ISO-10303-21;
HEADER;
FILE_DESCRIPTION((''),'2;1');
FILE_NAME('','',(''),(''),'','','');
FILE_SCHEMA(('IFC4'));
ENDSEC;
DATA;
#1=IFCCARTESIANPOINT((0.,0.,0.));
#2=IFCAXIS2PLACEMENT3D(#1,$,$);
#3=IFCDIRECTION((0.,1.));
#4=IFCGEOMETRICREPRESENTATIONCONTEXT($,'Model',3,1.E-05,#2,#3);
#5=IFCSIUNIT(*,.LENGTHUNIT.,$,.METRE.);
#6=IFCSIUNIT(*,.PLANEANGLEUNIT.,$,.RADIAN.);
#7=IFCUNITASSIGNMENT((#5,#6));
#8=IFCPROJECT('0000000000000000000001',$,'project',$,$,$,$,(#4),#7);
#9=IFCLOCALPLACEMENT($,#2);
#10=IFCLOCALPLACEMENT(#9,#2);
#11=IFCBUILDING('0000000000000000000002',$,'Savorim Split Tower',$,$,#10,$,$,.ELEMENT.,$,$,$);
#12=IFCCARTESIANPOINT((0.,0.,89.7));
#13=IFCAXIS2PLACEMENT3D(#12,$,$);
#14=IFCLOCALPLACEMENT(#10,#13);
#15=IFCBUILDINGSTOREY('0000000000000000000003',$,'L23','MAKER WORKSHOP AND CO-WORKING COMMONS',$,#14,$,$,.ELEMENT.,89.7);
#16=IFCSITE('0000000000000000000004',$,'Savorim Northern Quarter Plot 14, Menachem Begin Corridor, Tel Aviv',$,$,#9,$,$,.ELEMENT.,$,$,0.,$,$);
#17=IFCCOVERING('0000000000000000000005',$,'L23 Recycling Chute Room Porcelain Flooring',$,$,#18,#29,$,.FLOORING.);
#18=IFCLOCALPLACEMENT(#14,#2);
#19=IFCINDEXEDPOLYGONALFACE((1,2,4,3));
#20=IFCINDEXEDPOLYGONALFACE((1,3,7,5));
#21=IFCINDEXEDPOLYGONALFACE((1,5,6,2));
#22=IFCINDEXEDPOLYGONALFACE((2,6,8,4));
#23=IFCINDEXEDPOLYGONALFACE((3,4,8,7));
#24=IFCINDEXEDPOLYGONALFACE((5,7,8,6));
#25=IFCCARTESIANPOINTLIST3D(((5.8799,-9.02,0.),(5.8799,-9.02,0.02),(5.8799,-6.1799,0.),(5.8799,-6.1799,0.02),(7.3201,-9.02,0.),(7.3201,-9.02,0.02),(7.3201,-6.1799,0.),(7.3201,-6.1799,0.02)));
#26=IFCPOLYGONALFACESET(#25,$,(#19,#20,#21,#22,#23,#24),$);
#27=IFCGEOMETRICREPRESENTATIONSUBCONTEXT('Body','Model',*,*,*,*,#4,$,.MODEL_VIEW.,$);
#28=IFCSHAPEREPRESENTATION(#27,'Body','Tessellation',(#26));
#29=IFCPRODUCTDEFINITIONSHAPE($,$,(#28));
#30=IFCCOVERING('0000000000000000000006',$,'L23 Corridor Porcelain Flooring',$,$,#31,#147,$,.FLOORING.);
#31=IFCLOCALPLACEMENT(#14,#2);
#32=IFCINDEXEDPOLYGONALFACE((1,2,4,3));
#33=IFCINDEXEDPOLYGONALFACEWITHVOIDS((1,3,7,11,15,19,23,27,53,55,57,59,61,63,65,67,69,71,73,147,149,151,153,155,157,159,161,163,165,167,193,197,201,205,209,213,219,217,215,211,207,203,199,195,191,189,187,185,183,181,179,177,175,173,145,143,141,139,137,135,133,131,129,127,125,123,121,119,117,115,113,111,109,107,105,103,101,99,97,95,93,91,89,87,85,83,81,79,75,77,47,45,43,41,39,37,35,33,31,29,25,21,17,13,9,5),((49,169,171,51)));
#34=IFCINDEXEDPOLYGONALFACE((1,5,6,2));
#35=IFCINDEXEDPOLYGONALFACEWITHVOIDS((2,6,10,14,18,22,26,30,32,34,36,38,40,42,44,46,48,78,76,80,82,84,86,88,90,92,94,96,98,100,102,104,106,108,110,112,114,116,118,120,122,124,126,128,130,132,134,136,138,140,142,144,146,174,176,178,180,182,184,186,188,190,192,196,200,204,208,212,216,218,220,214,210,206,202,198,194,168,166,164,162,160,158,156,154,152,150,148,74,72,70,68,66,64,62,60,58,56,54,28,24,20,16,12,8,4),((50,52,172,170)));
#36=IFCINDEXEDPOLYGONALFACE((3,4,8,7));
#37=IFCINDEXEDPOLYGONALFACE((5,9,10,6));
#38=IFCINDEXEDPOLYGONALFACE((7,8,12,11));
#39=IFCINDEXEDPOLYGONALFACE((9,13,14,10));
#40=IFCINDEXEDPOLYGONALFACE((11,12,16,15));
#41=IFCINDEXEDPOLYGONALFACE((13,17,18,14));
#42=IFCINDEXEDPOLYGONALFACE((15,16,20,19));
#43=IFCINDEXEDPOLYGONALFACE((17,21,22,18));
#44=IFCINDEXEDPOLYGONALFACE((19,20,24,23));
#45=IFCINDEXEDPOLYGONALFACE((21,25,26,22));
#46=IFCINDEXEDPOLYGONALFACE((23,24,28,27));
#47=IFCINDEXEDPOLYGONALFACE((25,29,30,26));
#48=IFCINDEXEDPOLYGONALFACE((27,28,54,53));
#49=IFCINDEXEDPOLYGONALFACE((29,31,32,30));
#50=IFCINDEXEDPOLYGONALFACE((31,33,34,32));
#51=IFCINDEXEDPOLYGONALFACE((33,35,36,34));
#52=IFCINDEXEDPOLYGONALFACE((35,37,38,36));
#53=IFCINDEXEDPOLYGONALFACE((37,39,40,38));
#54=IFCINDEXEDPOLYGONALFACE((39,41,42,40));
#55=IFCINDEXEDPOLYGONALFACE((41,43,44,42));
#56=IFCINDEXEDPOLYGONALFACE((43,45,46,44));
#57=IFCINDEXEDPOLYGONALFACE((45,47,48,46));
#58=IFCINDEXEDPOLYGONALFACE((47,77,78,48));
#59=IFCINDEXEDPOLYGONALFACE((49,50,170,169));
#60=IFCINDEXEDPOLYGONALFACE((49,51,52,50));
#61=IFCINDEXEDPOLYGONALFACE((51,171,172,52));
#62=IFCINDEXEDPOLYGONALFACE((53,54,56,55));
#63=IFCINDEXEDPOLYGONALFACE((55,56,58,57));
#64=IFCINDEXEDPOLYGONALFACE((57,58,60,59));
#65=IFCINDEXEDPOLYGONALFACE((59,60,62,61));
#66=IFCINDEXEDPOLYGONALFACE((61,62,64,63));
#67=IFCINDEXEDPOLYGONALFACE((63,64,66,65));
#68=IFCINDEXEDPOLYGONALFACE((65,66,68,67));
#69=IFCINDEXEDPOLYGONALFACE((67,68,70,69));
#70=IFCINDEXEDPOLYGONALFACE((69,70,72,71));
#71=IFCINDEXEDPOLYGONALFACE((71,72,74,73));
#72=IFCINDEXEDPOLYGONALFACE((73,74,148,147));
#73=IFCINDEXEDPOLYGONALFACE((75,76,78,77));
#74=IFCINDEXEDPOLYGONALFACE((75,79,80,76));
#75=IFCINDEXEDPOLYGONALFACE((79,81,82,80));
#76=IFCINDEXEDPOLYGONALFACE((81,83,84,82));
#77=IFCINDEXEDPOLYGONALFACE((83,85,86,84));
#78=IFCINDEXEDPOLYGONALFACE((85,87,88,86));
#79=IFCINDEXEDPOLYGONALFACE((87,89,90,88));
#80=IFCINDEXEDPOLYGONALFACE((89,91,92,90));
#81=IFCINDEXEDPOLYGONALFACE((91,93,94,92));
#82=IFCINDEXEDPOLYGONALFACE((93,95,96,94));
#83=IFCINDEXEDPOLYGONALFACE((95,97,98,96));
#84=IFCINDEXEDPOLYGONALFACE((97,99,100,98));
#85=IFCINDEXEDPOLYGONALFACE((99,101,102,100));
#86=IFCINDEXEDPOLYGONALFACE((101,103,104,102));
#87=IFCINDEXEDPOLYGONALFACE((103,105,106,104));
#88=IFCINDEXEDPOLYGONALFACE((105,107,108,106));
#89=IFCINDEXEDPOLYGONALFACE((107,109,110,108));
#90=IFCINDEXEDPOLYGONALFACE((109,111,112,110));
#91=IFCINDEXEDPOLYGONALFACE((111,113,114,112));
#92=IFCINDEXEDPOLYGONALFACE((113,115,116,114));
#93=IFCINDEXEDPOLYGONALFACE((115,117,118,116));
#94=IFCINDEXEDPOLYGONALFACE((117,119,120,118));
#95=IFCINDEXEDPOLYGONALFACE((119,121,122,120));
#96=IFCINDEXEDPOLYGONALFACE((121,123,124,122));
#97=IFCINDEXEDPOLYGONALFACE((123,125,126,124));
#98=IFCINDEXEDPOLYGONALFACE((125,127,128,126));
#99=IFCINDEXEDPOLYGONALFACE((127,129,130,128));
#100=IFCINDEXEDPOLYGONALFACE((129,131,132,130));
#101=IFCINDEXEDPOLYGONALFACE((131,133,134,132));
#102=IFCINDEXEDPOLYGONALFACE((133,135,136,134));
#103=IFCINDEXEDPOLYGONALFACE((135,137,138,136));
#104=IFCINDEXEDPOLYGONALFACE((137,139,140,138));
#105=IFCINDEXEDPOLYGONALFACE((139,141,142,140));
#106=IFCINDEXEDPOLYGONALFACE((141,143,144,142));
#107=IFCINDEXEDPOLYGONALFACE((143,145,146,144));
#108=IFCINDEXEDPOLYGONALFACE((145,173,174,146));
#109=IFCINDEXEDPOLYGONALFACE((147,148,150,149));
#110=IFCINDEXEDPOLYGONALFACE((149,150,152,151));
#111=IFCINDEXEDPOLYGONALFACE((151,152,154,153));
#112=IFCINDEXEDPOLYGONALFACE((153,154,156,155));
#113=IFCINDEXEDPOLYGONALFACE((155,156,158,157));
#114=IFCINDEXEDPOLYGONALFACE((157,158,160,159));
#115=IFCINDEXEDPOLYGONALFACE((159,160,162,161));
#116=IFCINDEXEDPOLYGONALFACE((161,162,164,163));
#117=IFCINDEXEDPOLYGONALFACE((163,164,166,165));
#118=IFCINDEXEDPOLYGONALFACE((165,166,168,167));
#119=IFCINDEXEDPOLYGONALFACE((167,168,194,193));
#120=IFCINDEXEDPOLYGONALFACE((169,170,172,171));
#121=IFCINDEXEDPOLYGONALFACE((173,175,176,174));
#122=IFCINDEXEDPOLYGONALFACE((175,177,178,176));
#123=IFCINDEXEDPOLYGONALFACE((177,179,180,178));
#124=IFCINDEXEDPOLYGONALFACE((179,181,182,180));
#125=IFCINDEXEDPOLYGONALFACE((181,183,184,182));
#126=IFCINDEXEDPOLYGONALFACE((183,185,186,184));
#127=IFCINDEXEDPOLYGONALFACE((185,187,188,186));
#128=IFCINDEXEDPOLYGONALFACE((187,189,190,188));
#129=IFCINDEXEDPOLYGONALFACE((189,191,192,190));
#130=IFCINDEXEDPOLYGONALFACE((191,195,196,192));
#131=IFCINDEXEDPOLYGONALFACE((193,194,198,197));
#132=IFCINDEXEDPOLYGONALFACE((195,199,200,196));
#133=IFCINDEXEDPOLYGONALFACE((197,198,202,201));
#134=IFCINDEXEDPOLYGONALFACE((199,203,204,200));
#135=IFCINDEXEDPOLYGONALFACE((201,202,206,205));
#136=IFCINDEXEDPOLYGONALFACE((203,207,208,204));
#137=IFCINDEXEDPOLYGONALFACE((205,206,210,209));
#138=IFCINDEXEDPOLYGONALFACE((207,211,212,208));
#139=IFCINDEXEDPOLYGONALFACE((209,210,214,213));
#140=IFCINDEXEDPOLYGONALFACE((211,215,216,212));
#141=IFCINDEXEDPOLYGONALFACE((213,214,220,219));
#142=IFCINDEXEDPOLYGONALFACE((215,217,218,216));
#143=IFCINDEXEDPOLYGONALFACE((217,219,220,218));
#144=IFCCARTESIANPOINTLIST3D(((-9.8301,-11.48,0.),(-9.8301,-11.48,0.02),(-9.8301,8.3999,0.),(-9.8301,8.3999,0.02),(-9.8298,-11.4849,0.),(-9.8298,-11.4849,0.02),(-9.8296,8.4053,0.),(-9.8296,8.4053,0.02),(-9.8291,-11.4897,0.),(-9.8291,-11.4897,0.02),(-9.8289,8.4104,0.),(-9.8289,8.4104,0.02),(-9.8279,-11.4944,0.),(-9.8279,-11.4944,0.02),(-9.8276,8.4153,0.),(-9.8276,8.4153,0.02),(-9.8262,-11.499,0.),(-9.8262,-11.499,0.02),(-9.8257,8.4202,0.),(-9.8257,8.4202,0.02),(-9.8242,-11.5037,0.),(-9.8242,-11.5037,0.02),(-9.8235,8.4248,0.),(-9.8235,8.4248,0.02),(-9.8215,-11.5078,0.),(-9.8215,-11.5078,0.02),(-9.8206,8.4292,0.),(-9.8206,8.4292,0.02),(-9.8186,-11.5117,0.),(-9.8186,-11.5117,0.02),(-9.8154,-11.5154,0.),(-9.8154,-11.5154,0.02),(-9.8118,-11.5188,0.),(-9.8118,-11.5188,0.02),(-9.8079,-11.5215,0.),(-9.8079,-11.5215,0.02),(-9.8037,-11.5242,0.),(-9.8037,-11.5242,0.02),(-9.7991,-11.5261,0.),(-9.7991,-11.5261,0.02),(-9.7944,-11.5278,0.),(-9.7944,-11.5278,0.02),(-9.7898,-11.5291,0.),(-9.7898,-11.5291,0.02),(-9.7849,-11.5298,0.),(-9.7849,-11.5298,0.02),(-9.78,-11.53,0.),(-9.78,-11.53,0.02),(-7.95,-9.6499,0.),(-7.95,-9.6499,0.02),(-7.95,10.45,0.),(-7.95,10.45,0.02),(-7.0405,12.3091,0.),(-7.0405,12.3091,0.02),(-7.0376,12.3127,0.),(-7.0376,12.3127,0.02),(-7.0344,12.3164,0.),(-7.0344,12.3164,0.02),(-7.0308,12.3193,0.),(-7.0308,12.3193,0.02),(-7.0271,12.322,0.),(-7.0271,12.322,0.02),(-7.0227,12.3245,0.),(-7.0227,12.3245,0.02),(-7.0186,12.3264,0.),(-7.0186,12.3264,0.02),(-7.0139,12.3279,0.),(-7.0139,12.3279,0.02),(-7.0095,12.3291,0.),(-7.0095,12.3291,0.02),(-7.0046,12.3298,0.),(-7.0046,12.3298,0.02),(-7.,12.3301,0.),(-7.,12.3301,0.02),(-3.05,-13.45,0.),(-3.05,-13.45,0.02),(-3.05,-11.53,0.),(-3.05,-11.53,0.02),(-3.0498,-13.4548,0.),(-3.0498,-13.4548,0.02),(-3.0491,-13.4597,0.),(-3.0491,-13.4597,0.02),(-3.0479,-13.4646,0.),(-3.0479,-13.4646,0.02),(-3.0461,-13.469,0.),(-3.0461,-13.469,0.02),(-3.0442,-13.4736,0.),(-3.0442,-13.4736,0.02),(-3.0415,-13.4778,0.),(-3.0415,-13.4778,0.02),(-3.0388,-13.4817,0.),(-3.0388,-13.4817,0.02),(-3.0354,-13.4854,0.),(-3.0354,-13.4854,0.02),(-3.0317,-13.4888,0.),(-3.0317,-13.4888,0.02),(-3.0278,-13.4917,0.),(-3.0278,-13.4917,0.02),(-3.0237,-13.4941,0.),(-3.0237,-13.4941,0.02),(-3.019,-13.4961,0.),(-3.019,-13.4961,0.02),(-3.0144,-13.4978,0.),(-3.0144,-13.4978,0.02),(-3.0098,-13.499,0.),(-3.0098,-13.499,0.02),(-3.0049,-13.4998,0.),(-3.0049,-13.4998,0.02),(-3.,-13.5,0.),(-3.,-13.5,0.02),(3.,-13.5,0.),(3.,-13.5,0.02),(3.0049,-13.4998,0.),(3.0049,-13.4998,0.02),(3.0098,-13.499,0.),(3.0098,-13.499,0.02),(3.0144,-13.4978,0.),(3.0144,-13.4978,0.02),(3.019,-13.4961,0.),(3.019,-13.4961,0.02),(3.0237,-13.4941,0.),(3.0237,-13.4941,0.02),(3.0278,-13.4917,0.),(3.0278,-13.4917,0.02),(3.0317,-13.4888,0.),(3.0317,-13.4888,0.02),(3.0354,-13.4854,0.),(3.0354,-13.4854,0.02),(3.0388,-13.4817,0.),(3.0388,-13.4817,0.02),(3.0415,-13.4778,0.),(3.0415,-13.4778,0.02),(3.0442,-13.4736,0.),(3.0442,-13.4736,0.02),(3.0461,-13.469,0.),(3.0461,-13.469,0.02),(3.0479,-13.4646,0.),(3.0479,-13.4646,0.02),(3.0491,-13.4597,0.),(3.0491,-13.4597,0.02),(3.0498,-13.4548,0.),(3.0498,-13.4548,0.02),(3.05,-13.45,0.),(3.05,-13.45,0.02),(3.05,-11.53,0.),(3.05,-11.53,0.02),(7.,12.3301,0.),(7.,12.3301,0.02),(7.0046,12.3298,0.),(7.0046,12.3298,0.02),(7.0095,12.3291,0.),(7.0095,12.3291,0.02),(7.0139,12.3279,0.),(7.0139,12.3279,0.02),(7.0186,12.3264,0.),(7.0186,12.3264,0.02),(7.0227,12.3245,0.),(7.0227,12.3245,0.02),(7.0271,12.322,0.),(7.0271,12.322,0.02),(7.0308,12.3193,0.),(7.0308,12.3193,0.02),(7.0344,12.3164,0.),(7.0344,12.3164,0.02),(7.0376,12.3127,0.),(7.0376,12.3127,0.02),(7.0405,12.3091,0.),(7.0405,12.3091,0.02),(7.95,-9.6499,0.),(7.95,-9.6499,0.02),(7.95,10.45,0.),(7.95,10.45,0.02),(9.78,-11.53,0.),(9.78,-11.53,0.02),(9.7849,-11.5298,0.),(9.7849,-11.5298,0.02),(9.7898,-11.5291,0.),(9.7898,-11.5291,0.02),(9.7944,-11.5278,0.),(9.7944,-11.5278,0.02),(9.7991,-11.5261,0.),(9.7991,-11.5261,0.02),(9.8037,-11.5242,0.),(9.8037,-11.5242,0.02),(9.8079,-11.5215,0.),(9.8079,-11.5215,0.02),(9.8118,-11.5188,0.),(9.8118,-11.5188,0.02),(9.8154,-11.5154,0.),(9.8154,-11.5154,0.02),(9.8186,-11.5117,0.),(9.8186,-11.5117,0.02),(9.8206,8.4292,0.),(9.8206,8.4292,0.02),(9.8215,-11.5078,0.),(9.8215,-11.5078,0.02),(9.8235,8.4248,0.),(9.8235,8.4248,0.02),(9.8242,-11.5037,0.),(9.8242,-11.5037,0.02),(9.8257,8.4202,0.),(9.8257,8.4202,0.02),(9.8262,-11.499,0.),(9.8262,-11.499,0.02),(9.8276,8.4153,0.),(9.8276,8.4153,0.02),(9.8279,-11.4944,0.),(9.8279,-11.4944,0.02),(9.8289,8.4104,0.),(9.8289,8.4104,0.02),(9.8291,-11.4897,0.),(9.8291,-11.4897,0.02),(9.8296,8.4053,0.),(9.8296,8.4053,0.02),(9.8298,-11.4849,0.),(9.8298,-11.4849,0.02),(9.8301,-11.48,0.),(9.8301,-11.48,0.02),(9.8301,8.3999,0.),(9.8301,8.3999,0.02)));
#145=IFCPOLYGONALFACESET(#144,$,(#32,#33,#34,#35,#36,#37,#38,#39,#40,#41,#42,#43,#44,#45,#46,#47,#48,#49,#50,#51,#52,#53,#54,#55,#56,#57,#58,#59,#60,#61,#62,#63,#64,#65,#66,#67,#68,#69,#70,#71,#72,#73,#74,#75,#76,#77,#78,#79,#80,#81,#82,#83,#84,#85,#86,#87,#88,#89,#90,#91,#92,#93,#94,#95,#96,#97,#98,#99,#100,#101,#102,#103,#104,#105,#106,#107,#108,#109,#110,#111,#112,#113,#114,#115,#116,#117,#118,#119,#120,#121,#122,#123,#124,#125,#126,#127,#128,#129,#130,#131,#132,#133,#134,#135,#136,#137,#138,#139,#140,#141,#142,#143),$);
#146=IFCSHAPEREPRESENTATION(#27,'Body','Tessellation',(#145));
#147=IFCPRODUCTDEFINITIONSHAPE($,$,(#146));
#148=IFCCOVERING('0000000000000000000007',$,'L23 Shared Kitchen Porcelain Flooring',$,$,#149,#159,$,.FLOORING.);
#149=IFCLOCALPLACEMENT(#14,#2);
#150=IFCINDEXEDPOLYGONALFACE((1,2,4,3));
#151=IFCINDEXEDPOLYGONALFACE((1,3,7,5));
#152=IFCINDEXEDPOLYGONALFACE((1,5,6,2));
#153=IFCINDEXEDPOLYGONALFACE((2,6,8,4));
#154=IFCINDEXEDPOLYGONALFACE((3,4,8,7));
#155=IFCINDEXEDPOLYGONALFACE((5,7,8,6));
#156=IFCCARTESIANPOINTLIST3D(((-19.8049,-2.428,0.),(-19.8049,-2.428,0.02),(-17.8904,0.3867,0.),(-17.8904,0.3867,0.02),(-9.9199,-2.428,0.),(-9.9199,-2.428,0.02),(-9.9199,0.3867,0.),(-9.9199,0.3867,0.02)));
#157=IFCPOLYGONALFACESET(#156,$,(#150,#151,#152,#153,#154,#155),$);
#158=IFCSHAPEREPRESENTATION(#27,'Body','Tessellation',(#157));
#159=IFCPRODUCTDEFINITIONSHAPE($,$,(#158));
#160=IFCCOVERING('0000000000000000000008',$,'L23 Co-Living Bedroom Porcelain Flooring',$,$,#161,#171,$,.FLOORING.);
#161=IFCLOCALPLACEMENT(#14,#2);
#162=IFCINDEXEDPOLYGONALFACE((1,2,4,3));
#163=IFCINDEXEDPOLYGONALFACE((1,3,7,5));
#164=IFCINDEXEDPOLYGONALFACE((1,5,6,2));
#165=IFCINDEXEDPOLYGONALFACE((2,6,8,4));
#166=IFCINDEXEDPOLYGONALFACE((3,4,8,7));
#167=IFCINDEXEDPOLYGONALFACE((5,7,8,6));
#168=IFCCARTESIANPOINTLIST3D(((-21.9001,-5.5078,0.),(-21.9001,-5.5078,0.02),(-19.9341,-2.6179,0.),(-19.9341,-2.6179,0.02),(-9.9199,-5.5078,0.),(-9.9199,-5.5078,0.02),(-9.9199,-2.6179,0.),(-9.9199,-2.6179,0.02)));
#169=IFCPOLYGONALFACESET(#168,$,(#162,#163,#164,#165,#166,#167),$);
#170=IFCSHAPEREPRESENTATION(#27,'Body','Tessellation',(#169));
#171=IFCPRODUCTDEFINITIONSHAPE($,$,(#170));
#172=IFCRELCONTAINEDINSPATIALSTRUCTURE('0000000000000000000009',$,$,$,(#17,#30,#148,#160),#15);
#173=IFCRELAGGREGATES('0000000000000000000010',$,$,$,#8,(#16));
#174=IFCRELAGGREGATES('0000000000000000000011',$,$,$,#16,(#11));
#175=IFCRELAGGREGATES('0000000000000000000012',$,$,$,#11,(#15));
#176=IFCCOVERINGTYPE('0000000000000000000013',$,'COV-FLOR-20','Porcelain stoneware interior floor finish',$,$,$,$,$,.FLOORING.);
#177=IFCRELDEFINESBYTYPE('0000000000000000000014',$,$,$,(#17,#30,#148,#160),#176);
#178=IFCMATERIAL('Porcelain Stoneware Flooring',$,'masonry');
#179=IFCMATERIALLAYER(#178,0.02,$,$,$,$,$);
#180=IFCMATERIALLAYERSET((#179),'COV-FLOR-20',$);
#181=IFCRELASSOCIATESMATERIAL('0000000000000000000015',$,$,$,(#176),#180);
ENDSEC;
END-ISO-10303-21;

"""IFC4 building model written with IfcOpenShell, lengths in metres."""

from ifc_helpers import new_model, si_unit, direction, frame, origin, place, context, subcontext, project, spatial, polyline, outline, extrude, material, layer, layer_set, type_object, element, save


model = new_model("IFC4")

# Units and contexts
model_context = context("Model", 3, precision=1e-05, world=origin(), true_north=direction((0.0, 1.0)))
body_context = subcontext(model_context, "Body", "Model", "MODEL_VIEW")
ifc_project = project(units=[si_unit("LENGTHUNIT", "METRE"), si_unit("PLANEANGLEUNIT", "RADIAN")], contexts=[model_context])

# Site, building, storey
site_placement = place(None, origin())
site = spatial("IfcSite", under=ifc_project, at=site_placement, Name="Savorim Northern Quarter Plot 14, Menachem Begin Corridor, Tel Aviv", CompositionType="ELEMENT", RefElevation=0.0)
building_placement = place(site_placement, origin())
building = spatial("IfcBuilding", under=site, at=building_placement, Name="Savorim Split Tower", CompositionType="ELEMENT")
storey_placement = place(building_placement, frame((0.0, 0.0, 89.7)))
storey = spatial("IfcBuildingStorey", under=building, at=storey_placement, Name="L23", Description="MAKER WORKSHOP AND CO-WORKING COMMONS", CompositionType="ELEMENT", Elevation=89.7)

# Coverings
ifc_material_1 = material(Name="Porcelain Stoneware Flooring", Category="masonry")
ifc_layer_1 = layer(ifc_material_1, 0.02)
ifc_layer_set_1 = layer_set([ifc_layer_1], Name="COV-FLOR-20")
covering_type_1 = type_object("IfcCoveringType", Name="COV-FLOR-20", Description="Porcelain stoneware interior floor finish", PredefinedType="FLOORING", material=ifc_layer_set_1)
covering_1_placement = place(storey_placement, origin())
element("IfcCovering", 1, at=covering_1_placement, inside=storey, type_object=covering_type_1, Name="L23 Recycling Chute Room Porcelain Flooring", PredefinedType="FLOORING", context=body_context, shape_type="SweptSolid", body=[
    extrude(outline(polyline([(5.8799, -6.1799), (5.8799, -9.02), (7.3201, -9.02), (7.3201, -6.1799), (5.8799, -6.1799)])), origin(), (0.0, 0.0, 1.0), 0.02),
])
covering_2_placement = place(storey_placement, origin())
element("IfcCovering", 2, at=covering_2_placement, inside=storey, type_object=covering_type_1, Name="L23 Corridor Porcelain Flooring", PredefinedType="FLOORING", context=body_context, shape_type="SweptSolid", body=[
    extrude(outline(polyline([(7.0095, 12.3291), (7.0046, 12.3298), (7.0, 12.3301), (-7.0, 12.3301), (-7.0046, 12.3298), (-7.0095, 12.3291), (-7.0139, 12.3279), (-7.0186, 12.3264), (-7.0227, 12.3245), (-7.0271, 12.322), (-7.0308, 12.3193), (-7.0344, 12.3164), (-7.0376, 12.3127), (-7.0405, 12.3091), (-9.8206, 8.4292), (-9.8235, 8.4248), (-9.8257, 8.4202), (-9.8276, 8.4153), (-9.8289, 8.4104), (-9.8296, 8.4053), (-9.8301, 8.3999), (-9.8301, -11.48), (-9.8298, -11.4849), (-9.8291, -11.4897), (-9.8279, -11.4944), (-9.8262, -11.499), (-9.8242, -11.5037), (-9.8215, -11.5078), (-9.8186, -11.5117), (-9.8154, -11.5154), (-9.8118, -11.5188), (-9.8079, -11.5215), (-9.8037, -11.5242), (-9.7991, -11.5261), (-9.7944, -11.5278), (-9.7898, -11.5291), (-9.7849, -11.5298), (-9.78, -11.53), (-3.05, -11.53), (-3.05, -13.45), (-3.0498, -13.4548), (-3.0491, -13.4597), (-3.0479, -13.4646), (-3.0461, -13.469), (-3.0442, -13.4736), (-3.0415, -13.4778), (-3.0388, -13.4817), (-3.0354, -13.4854), (-3.0317, -13.4888), (-3.0278, -13.4917), (-3.0237, -13.4941), (-3.019, -13.4961), (-3.0144, -13.4978), (-3.0098, -13.499), (-3.0049, -13.4998), (-3.0, -13.5), (3.0, -13.5), (3.0049, -13.4998), (3.0098, -13.499), (3.0144, -13.4978), (3.019, -13.4961), (3.0237, -13.4941), (3.0278, -13.4917), (3.0317, -13.4888), (3.0354, -13.4854), (3.0388, -13.4817), (3.0415, -13.4778), (3.0442, -13.4736), (3.0461, -13.469), (3.0479, -13.4646), (3.0491, -13.4597), (3.0498, -13.4548), (3.05, -13.45), (3.05, -11.53), (9.78, -11.53), (9.7849, -11.5298), (9.7898, -11.5291), (9.7944, -11.5278), (9.7991, -11.5261), (9.8037, -11.5242), (9.8079, -11.5215), (9.8118, -11.5188), (9.8154, -11.5154), (9.8186, -11.5117), (9.8215, -11.5078), (9.8242, -11.5037), (9.8262, -11.499), (9.8279, -11.4944), (9.8291, -11.4897), (9.8298, -11.4849), (9.8301, -11.48), (9.8301, 8.3999), (9.8296, 8.4053), (9.8289, 8.4104), (9.8276, 8.4153), (9.8257, 8.4202), (9.8235, 8.4248), (9.8206, 8.4292), (7.0405, 12.3091), (7.0376, 12.3127), (7.0344, 12.3164), (7.0308, 12.3193), (7.0271, 12.322), (7.0227, 12.3245), (7.0186, 12.3264), (7.0139, 12.3279), (7.0095, 12.3291)]), holes=[polyline([(-7.95, 10.45), (-7.95, -9.6499), (7.95, -9.6499), (7.95, 10.45), (-7.95, 10.45)])]), origin(), (0.0, 0.0, 1.0), 0.02),
])
covering_3_placement = place(storey_placement, origin())
element("IfcCovering", 3, at=covering_3_placement, inside=storey, type_object=covering_type_1, Name="L23 Shared Kitchen Porcelain Flooring", PredefinedType="FLOORING", context=body_context, shape_type="SweptSolid", body=[
    extrude(outline(polyline([(-17.8904, 0.3867), (-19.8049, -2.428), (-9.9199, -2.428), (-9.9199, 0.3867), (-17.8904, 0.3867)])), origin(), (0.0, 0.0, 1.0), 0.02),
])
covering_4_placement = place(storey_placement, origin())
element("IfcCovering", 4, at=covering_4_placement, inside=storey, type_object=covering_type_1, Name="L23 Co-Living Bedroom Porcelain Flooring", PredefinedType="FLOORING", context=body_context, shape_type="SweptSolid", body=[
    extrude(outline(polyline([(-19.9341, -2.6179), (-21.9001, -5.5078), (-9.9199, -5.5078), (-9.9199, -2.6179), (-19.9341, -2.6179)])), origin(), (0.0, 0.0, 1.0), 0.02),
])

save(model, "model.ifc")
